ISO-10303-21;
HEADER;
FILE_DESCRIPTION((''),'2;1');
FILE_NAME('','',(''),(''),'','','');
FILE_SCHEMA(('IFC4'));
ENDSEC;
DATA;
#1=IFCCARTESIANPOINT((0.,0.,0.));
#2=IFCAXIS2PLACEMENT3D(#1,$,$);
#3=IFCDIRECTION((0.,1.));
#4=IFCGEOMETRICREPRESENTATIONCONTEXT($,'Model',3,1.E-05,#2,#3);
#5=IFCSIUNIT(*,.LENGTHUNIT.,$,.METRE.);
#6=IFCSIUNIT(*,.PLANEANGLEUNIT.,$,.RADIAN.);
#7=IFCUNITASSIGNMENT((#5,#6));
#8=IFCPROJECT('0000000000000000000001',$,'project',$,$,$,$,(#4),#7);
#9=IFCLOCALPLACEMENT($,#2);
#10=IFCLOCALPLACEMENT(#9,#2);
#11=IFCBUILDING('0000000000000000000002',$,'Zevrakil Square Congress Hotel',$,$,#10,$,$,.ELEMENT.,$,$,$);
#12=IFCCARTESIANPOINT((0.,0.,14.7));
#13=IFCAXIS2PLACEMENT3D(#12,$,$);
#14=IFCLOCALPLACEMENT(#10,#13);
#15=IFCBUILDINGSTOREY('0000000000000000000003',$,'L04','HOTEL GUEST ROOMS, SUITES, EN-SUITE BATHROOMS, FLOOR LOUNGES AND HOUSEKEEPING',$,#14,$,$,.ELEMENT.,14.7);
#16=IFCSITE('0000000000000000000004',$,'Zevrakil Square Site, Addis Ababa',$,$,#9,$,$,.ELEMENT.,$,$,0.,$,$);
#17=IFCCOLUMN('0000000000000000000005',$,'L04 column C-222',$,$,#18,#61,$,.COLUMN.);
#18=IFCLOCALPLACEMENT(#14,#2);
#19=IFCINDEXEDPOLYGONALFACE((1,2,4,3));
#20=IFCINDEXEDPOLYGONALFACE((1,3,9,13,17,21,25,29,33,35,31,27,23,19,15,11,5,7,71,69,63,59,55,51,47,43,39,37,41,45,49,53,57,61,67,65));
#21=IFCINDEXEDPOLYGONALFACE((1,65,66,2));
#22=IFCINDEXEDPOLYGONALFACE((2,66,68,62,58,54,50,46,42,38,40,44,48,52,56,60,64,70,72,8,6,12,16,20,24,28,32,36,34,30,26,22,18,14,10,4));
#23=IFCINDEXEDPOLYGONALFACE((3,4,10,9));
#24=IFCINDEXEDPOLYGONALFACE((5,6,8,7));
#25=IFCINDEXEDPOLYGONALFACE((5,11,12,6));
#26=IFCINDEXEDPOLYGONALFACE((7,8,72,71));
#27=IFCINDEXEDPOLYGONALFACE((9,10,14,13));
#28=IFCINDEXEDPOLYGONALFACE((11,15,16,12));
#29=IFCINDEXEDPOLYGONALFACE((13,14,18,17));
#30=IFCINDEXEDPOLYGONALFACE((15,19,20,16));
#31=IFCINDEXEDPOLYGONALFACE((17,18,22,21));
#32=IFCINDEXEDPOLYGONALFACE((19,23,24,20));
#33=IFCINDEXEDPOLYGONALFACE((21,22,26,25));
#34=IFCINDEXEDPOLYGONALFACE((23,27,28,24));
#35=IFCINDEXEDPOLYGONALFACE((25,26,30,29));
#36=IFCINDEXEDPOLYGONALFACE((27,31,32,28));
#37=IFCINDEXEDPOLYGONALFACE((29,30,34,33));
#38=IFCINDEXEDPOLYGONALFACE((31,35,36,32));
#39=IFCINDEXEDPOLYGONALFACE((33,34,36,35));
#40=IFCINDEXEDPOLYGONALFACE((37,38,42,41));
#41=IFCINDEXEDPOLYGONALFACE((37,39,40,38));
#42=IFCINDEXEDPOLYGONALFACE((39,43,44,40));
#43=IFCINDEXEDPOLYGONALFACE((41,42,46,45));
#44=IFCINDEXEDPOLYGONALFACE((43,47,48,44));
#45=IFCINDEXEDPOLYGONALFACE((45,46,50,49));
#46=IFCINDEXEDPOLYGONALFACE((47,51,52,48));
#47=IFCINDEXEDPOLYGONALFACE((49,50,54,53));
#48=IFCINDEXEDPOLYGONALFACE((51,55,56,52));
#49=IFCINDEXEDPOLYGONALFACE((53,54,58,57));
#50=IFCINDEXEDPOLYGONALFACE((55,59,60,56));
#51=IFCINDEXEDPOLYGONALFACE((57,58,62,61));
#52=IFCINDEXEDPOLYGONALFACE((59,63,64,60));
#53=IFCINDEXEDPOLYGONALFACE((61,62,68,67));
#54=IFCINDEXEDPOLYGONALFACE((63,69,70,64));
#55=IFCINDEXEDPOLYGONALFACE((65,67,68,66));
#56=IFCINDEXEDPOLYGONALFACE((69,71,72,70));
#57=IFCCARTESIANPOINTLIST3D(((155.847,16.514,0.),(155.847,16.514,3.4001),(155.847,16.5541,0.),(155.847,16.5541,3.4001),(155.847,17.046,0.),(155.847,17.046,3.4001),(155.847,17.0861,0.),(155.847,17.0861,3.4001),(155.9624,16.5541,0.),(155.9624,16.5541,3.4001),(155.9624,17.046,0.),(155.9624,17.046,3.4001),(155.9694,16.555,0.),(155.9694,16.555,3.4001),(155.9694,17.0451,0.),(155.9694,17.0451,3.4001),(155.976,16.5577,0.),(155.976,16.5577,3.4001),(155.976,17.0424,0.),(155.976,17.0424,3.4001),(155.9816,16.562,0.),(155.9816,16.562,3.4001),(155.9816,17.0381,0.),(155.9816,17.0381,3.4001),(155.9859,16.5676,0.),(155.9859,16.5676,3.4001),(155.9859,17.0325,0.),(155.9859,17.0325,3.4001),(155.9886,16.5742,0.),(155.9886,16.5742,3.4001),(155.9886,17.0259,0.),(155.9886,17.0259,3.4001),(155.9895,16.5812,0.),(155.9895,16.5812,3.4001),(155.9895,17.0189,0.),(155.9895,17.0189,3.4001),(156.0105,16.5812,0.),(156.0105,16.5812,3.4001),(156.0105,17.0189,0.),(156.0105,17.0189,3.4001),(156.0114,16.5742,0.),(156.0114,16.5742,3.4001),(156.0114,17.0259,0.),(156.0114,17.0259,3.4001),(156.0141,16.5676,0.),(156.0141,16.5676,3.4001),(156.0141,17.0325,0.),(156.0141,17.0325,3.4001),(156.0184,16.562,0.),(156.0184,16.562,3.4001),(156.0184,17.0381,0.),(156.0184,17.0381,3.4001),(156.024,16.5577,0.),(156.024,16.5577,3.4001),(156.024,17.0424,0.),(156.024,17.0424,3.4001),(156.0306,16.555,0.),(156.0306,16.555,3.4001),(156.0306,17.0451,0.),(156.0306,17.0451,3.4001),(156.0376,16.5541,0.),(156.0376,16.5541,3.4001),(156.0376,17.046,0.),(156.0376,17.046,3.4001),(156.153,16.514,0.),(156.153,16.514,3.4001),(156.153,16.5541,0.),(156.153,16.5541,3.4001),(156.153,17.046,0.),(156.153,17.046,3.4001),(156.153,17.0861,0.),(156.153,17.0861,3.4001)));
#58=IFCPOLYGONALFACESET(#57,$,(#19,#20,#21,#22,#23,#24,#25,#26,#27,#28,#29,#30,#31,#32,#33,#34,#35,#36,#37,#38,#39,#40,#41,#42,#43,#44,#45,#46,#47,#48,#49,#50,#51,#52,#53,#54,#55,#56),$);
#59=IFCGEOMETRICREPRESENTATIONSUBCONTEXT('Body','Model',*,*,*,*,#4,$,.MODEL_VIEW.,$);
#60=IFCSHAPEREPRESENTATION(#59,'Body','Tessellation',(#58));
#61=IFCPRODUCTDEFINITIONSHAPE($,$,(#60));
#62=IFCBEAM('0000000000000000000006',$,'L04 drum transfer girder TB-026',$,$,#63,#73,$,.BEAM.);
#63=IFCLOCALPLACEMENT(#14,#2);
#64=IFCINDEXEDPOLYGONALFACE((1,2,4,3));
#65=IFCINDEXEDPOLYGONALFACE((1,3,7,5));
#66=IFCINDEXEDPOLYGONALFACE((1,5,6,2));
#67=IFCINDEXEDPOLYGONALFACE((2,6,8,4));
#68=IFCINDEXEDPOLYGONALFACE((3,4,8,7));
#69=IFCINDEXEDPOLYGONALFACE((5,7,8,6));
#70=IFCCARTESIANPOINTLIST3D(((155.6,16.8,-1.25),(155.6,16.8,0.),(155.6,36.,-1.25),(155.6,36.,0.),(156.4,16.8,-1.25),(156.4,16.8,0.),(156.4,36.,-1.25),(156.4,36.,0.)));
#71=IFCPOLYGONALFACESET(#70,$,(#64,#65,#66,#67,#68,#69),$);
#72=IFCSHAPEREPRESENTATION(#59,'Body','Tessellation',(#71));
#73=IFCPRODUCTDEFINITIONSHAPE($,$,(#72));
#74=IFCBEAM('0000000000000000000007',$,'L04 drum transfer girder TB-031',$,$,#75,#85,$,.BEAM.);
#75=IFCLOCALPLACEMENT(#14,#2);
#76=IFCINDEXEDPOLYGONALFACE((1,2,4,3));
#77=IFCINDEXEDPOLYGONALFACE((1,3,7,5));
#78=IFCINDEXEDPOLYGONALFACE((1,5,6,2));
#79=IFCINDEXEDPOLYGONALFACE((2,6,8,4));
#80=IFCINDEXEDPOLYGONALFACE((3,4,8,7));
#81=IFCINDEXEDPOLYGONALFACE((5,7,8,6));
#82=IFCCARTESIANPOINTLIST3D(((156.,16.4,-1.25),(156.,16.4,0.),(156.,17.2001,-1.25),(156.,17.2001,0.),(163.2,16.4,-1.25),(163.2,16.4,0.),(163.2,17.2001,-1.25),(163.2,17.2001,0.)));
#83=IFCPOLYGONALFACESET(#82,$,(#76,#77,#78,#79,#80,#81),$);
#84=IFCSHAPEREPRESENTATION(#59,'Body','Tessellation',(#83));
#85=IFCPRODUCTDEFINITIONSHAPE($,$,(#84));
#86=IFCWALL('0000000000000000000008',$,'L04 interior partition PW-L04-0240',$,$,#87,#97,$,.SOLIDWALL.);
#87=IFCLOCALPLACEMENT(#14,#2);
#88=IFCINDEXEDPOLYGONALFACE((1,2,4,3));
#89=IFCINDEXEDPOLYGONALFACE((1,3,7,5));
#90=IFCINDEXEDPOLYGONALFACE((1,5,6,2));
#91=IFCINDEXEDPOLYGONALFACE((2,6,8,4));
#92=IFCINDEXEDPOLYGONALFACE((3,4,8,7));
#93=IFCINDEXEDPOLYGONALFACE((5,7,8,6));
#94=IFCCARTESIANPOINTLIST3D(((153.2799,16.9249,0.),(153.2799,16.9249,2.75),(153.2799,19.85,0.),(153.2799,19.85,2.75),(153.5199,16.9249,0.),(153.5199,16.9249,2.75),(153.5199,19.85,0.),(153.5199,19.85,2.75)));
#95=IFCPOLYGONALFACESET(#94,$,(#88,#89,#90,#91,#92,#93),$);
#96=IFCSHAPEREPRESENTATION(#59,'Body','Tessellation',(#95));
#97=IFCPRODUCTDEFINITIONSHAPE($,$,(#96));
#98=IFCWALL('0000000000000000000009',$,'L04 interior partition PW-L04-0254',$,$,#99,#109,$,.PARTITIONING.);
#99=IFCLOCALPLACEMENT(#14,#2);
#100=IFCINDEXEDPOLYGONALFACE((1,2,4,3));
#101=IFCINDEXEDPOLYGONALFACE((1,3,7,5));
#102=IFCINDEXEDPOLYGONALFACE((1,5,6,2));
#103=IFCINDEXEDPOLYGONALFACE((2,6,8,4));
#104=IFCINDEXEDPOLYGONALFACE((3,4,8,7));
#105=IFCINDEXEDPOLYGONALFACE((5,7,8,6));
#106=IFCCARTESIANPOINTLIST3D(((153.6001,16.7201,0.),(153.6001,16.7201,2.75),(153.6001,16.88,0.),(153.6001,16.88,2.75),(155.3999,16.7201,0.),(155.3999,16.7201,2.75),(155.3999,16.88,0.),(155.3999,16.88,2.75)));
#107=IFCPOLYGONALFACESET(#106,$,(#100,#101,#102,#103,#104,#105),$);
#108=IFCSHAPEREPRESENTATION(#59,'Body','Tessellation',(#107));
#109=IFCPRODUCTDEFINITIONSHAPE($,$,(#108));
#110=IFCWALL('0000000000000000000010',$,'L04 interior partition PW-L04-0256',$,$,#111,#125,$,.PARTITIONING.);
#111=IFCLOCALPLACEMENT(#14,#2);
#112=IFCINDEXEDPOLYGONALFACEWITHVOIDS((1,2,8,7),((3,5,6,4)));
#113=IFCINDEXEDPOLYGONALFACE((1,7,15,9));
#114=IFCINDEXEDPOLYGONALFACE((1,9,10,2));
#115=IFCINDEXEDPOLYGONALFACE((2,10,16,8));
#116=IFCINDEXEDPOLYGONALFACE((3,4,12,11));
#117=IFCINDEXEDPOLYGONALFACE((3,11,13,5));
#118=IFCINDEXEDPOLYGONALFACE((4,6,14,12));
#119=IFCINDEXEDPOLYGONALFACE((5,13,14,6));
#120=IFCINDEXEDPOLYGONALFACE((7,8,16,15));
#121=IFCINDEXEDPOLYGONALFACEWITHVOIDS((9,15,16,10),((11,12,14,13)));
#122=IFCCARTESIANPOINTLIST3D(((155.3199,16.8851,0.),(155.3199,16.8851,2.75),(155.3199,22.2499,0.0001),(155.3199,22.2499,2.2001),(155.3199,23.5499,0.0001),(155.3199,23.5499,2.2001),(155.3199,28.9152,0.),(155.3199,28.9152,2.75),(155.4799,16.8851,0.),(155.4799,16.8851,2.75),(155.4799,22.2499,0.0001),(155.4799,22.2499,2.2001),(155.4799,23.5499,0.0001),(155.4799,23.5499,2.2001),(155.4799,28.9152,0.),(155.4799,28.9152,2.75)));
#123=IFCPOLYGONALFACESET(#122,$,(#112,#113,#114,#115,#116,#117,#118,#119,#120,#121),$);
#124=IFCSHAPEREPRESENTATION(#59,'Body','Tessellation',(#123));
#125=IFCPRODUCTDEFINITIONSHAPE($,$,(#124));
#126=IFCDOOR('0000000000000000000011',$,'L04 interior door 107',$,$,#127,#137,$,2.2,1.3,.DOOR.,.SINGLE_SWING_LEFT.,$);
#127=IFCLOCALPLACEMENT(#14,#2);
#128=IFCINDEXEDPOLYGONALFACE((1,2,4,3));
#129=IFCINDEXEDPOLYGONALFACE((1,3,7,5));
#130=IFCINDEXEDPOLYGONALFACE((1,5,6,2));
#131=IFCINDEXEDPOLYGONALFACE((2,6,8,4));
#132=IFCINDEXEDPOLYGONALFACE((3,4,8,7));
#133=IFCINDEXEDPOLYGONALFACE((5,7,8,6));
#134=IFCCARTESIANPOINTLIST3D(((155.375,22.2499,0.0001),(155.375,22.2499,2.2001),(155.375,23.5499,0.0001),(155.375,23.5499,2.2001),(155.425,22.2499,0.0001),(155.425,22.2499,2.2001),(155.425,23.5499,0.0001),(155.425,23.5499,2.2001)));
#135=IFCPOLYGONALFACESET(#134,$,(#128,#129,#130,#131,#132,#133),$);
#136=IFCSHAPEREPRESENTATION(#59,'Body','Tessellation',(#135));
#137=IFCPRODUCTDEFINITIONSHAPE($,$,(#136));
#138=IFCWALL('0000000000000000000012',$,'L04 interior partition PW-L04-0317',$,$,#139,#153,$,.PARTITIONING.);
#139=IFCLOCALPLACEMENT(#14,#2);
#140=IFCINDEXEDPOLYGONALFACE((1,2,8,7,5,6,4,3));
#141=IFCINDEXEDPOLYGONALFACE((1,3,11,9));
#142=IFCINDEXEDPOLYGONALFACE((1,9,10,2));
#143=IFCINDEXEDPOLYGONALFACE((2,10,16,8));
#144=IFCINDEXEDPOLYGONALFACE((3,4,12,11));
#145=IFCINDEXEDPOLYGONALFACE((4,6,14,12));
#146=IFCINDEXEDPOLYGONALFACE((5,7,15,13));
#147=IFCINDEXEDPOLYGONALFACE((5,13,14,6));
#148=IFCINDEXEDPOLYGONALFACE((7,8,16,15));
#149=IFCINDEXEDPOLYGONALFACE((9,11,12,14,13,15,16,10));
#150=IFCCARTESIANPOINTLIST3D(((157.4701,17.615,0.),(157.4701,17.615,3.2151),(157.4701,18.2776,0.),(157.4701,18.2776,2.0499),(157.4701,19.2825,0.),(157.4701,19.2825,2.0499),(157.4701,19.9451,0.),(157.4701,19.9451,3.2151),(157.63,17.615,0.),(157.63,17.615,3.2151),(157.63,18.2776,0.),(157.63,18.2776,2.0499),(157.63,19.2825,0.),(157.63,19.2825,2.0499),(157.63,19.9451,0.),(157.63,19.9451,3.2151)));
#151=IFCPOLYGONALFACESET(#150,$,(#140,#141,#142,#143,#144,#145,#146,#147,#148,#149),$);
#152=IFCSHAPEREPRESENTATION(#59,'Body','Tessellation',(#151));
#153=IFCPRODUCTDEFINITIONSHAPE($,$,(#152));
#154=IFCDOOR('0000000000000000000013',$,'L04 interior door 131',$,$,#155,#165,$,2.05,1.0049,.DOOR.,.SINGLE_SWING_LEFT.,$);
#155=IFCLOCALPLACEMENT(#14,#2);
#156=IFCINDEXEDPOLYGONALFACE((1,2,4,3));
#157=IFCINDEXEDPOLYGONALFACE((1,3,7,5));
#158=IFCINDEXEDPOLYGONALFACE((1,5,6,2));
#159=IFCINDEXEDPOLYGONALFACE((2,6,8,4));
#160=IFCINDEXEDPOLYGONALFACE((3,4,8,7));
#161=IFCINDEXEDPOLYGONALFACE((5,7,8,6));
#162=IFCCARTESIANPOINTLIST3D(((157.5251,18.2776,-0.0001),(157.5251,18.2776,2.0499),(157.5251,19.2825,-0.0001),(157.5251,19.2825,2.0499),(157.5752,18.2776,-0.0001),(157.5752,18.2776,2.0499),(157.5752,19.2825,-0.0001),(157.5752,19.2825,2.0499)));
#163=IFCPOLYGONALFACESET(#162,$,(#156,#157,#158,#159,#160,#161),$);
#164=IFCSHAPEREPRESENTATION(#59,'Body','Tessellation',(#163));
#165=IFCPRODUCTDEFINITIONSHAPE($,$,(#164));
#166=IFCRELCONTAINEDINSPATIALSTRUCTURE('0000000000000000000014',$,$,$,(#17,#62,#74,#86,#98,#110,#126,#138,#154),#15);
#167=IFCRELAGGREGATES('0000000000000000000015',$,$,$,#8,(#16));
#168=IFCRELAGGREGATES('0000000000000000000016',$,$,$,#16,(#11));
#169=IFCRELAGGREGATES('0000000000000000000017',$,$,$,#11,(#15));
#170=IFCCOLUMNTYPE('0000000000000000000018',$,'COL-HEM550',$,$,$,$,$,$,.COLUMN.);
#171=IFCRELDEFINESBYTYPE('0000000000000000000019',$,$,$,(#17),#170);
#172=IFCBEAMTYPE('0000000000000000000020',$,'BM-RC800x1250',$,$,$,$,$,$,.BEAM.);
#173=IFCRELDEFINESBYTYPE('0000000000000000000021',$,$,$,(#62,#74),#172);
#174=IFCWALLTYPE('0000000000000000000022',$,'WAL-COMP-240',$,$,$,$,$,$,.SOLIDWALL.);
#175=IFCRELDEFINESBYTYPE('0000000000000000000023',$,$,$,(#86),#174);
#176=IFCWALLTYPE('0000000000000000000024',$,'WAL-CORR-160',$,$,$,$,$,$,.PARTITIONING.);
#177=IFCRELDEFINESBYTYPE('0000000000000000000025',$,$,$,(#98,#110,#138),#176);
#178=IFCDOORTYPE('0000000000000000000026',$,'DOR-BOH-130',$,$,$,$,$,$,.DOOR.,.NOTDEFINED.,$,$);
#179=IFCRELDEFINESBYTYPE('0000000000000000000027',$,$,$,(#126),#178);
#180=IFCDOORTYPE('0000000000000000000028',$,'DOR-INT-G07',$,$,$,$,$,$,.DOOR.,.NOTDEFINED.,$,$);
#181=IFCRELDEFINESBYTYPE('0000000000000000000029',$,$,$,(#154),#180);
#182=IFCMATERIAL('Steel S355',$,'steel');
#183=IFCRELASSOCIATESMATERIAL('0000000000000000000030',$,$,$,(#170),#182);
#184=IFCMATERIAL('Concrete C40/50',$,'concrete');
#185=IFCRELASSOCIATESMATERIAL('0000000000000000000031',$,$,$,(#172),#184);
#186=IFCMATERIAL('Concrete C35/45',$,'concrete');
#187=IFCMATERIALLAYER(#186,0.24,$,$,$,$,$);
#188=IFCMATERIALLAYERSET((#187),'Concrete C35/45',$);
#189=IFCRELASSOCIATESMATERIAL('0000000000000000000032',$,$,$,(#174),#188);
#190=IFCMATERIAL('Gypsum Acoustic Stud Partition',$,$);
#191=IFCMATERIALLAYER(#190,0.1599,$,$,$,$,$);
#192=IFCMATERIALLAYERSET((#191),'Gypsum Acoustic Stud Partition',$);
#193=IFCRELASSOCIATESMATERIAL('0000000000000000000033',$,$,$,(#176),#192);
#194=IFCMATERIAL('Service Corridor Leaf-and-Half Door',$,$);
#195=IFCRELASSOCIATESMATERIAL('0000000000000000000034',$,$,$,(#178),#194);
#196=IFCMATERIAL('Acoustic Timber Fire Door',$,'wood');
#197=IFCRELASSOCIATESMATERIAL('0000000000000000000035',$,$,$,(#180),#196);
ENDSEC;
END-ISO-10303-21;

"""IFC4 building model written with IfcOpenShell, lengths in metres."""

from ifc_helpers import new_model, si_unit, direction, frame, frame_2d, origin, origin_2d, place, context, subcontext, project, spatial, rectangle, i_section, extrude, material, layer, layer_set, material_profile, profile_set, type_object, element, fill, save


model = new_model("IFC4")

# Units and contexts
model_context = context("Model", 3, precision=1e-05, world=origin(), true_north=direction((0.0, 1.0)))
body_context = subcontext(model_context, "Body", "Model", "MODEL_VIEW")
ifc_project = project(units=[si_unit("LENGTHUNIT", "METRE"), si_unit("PLANEANGLEUNIT", "RADIAN")], contexts=[model_context])

# Site, building, storey
site_placement = place(None, origin())
site = spatial("IfcSite", under=ifc_project, at=site_placement, Name="Zevrakil Square Site, Addis Ababa", CompositionType="ELEMENT", RefElevation=0.0)
building_placement = place(site_placement, origin())
building = spatial("IfcBuilding", under=site, at=building_placement, Name="Zevrakil Square Congress Hotel", CompositionType="ELEMENT")
storey_placement = place(building_placement, frame((0.0, 0.0, 14.7)))
storey = spatial("IfcBuildingStorey", under=building, at=storey_placement, Name="L04", Description="HOTEL GUEST ROOMS, SUITES, EN-SUITE BATHROOMS, FLOOR LOUNGES AND HOUSEKEEPING", CompositionType="ELEMENT", Elevation=14.7)

# Column
ifc_material_1 = material(Name="Steel S355", Category="steel")
ifc_material_profile_1 = material_profile(ifc_material_1, i_section(OverallWidth=0.3059, OverallDepth=0.572, WebThickness=0.021, FlangeThickness=0.04, FilletRadius=0.0271, at=origin_2d()), Name="HEM 550")
ifc_profile_set_1 = profile_set([ifc_material_profile_1], Name="Steel S355")
column_type = type_object("IfcColumnType", Name="COL-HEM550", PredefinedType="COLUMN", material=ifc_profile_set_1)
column_placement = place(storey_placement, frame((156.0, 16.8, 0.0), z_axis=(0.0, 0.0, 1.0), x_axis=(1.0, 0.0, 0.0)))
element("IfcColumn", 1, at=column_placement, inside=storey, type_object=column_type, Name="L04 column C-222", PredefinedType="COLUMN", context=body_context, shape_type="SweptSolid", body=[
    extrude(i_section(OverallWidth=0.3059, OverallDepth=0.572, WebThickness=0.021, FlangeThickness=0.04, FilletRadius=0.0271, at=origin_2d()), origin(), (0.0, 0.0, 1.0), 3.4001),
])

# Beams
ifc_material_2 = material(Name="Concrete C40/50", Category="concrete")
ifc_material_profile_2 = material_profile(ifc_material_2, rectangle(XDim=0.8, YDim=1.25, at=origin_2d()), Name="RC 800x1250")
ifc_profile_set_2 = profile_set([ifc_material_profile_2], Name="Concrete C40/50")
beam_type = type_object("IfcBeamType", Name="BM-RC800x1250", PredefinedType="BEAM", material=ifc_profile_set_2)
beam_1_placement = place(storey_placement, frame((156.0, 16.8, -0.625), z_axis=(0.0, 1.0, 0.0), x_axis=(-1.0, 0.0, 0.0)))
element("IfcBeam", 2, at=beam_1_placement, inside=storey, type_object=beam_type, Name="L04 drum transfer girder TB-026", PredefinedType="BEAM", context=body_context, shape_type="SweptSolid", body=[
    extrude(rectangle(XDim=0.8, YDim=1.25, at=origin_2d()), origin(), (0.0, 0.0, 1.0), 19.2),
])
beam_2_placement = place(storey_placement, frame((156.0, 16.8, -0.625), z_axis=(1.0, 0.0, 0.0), x_axis=(0.0, 1.0, 0.0)))
element("IfcBeam", 3, at=beam_2_placement, inside=storey, type_object=beam_type, Name="L04 drum transfer girder TB-031", PredefinedType="BEAM", context=body_context, shape_type="SweptSolid", body=[
    extrude(rectangle(XDim=0.8, YDim=1.25, at=origin_2d()), origin(), (0.0, 0.0, 1.0), 7.2),
])

# Walls
ifc_material_3 = material(Name="Concrete C35/45", Category="concrete")
ifc_layer_1 = layer(ifc_material_3, 0.24)
ifc_layer_set_1 = layer_set([ifc_layer_1], Name="Concrete C35/45")
wall_type_1 = type_object("IfcWallType", Name="WAL-COMP-240", PredefinedType="SOLIDWALL", material=ifc_layer_set_1)
wall_1_placement = place(storey_placement, frame((153.3999, 16.925, 0.0), z_axis=(0.0, 0.0, 1.0), x_axis=(0.0, 1.0, 0.0)))
element("IfcWall", 4, at=wall_1_placement, inside=storey, type_object=wall_type_1, Name="L04 interior partition PW-L04-0240", PredefinedType="SOLIDWALL", context=body_context, shape_type="SweptSolid", body=[
    extrude(rectangle(XDim=2.925, YDim=0.24, at=frame_2d((1.4624, 0.0))), origin(), (0.0, 0.0, 1.0), 2.75),
])
ifc_material_4 = material(Name="Gypsum Acoustic Stud Partition")
ifc_layer_2 = layer(ifc_material_4, 0.1599)
ifc_layer_set_2 = layer_set([ifc_layer_2], Name="Gypsum Acoustic Stud Partition")
wall_type_2 = type_object("IfcWallType", Name="WAL-CORR-160", PredefinedType="PARTITIONING", material=ifc_layer_set_2)
wall_2_placement = place(storey_placement, frame((153.6001, 16.8, 0.0), z_axis=(0.0, 0.0, 1.0), x_axis=(1.0, 0.0, 0.0)))
element("IfcWall", 5, at=wall_2_placement, inside=storey, type_object=wall_type_2, Name="L04 interior partition PW-L04-0254", PredefinedType="PARTITIONING", context=body_context, shape_type="SweptSolid", body=[
    extrude(rectangle(XDim=1.7998, YDim=0.1599, at=frame_2d((0.8999, 0.0))), origin(), (0.0, 0.0, 1.0), 2.75),
])

# Walls, openings, doors
wall_3_placement = place(storey_placement, frame((155.3999, 16.885, 0.0), z_axis=(0.0, 0.0, 1.0), x_axis=(0.0, 1.0, 0.0)))
wall_3 = element("IfcWall", 6, at=wall_3_placement, inside=storey, type_object=wall_type_2, Name="L04 interior partition PW-L04-0256", PredefinedType="PARTITIONING", context=body_context, shape_type="SweptSolid", body=[
    extrude(rectangle(XDim=12.03, YDim=0.1599, at=frame_2d((6.0151, 0.0))), origin(), (0.0, 0.0, 1.0), 2.75),
])
opening_1_placement = place(wall_3_placement, frame((5.365, 0.0, 0.0)))
opening_1 = element("IfcOpeningElement", 7, at=opening_1_placement, cuts=wall_3, PredefinedType="OPENING", context=body_context, shape_type="SweptSolid", body=[
    extrude(rectangle(XDim=1.3, YDim=2.2, at=frame_2d((0.6499, 1.1001))), frame((0.0, 0.0898, 0.0), z_axis=(0.0, -1.0, 0.0), x_axis=(1.0, 0.0, 0.0)), (0.0, 0.0, 1.0), 0.1799),
])
ifc_material_5 = material(Name="Service Corridor Leaf-and-Half Door")
door_type_1 = type_object("IfcDoorType", Name="DOR-BOH-130", OperationType="NOTDEFINED", PredefinedType="DOOR", material=ifc_material_5)
door_1_placement = place(opening_1_placement, origin())
door_1 = element("IfcDoor", 8, at=door_1_placement, inside=storey, type_object=door_type_1, Name="L04 interior door 107", OperationType="SINGLE_SWING_LEFT", OverallHeight=2.2, OverallWidth=1.3, PredefinedType="DOOR", context=body_context, shape_type="SweptSolid", body=[
    extrude(rectangle(XDim=1.3, YDim=2.2, at=frame_2d((0.6499, 1.1001))), frame((0.0, 0.0249, 0.0), z_axis=(0.0, -1.0, 0.0), x_axis=(1.0, 0.0, 0.0)), (0.0, 0.0, 1.0), 0.05),
])
fill(opening_1, door_1)
wall_4_placement = place(storey_placement, frame((157.55, 17.615, 0.0), z_axis=(0.0, 0.0, 1.0), x_axis=(0.0, 1.0, 0.0)))
wall_4 = element("IfcWall", 9, at=wall_4_placement, inside=storey, type_object=wall_type_2, Name="L04 interior partition PW-L04-0317", PredefinedType="PARTITIONING", context=body_context, shape_type="SweptSolid", body=[
    extrude(rectangle(XDim=2.3301, YDim=0.1599, at=frame_2d((1.165, 0.0))), origin(), (0.0, 0.0, 1.0), 3.2151),
])
opening_2_placement = place(wall_4_placement, frame((0.6626, 0.0, 0.0)))
opening_2 = element("IfcOpeningElement", 10, at=opening_2_placement, cuts=wall_4, PredefinedType="OPENING", context=body_context, shape_type="SweptSolid", body=[
    extrude(rectangle(XDim=1.0049, YDim=2.05, at=frame_2d((0.5024, 1.0249))), frame((0.0, 0.0898, 0.0), z_axis=(0.0, -1.0, 0.0), x_axis=(1.0, 0.0, 0.0)), (0.0, 0.0, 1.0), 0.1799),
])
ifc_material_6 = material(Name="Acoustic Timber Fire Door", Category="wood")
door_type_2 = type_object("IfcDoorType", Name="DOR-INT-G07", OperationType="NOTDEFINED", PredefinedType="DOOR", material=ifc_material_6)
door_2_placement = place(opening_2_placement, origin())
door_2 = element("IfcDoor", 11, at=door_2_placement, inside=storey, type_object=door_type_2, Name="L04 interior door 131", OperationType="SINGLE_SWING_LEFT", OverallHeight=2.05, OverallWidth=1.0049, PredefinedType="DOOR", context=body_context, shape_type="SweptSolid", body=[
    extrude(rectangle(XDim=1.0049, YDim=2.05, at=frame_2d((0.5024, 1.0249))), frame((0.0, 0.0249, 0.0), z_axis=(0.0, -1.0, 0.0), x_axis=(1.0, 0.0, 0.0)), (0.0, 0.0, 1.0), 0.05),
])
fill(opening_2, door_2)

save(model, "model.ifc")
